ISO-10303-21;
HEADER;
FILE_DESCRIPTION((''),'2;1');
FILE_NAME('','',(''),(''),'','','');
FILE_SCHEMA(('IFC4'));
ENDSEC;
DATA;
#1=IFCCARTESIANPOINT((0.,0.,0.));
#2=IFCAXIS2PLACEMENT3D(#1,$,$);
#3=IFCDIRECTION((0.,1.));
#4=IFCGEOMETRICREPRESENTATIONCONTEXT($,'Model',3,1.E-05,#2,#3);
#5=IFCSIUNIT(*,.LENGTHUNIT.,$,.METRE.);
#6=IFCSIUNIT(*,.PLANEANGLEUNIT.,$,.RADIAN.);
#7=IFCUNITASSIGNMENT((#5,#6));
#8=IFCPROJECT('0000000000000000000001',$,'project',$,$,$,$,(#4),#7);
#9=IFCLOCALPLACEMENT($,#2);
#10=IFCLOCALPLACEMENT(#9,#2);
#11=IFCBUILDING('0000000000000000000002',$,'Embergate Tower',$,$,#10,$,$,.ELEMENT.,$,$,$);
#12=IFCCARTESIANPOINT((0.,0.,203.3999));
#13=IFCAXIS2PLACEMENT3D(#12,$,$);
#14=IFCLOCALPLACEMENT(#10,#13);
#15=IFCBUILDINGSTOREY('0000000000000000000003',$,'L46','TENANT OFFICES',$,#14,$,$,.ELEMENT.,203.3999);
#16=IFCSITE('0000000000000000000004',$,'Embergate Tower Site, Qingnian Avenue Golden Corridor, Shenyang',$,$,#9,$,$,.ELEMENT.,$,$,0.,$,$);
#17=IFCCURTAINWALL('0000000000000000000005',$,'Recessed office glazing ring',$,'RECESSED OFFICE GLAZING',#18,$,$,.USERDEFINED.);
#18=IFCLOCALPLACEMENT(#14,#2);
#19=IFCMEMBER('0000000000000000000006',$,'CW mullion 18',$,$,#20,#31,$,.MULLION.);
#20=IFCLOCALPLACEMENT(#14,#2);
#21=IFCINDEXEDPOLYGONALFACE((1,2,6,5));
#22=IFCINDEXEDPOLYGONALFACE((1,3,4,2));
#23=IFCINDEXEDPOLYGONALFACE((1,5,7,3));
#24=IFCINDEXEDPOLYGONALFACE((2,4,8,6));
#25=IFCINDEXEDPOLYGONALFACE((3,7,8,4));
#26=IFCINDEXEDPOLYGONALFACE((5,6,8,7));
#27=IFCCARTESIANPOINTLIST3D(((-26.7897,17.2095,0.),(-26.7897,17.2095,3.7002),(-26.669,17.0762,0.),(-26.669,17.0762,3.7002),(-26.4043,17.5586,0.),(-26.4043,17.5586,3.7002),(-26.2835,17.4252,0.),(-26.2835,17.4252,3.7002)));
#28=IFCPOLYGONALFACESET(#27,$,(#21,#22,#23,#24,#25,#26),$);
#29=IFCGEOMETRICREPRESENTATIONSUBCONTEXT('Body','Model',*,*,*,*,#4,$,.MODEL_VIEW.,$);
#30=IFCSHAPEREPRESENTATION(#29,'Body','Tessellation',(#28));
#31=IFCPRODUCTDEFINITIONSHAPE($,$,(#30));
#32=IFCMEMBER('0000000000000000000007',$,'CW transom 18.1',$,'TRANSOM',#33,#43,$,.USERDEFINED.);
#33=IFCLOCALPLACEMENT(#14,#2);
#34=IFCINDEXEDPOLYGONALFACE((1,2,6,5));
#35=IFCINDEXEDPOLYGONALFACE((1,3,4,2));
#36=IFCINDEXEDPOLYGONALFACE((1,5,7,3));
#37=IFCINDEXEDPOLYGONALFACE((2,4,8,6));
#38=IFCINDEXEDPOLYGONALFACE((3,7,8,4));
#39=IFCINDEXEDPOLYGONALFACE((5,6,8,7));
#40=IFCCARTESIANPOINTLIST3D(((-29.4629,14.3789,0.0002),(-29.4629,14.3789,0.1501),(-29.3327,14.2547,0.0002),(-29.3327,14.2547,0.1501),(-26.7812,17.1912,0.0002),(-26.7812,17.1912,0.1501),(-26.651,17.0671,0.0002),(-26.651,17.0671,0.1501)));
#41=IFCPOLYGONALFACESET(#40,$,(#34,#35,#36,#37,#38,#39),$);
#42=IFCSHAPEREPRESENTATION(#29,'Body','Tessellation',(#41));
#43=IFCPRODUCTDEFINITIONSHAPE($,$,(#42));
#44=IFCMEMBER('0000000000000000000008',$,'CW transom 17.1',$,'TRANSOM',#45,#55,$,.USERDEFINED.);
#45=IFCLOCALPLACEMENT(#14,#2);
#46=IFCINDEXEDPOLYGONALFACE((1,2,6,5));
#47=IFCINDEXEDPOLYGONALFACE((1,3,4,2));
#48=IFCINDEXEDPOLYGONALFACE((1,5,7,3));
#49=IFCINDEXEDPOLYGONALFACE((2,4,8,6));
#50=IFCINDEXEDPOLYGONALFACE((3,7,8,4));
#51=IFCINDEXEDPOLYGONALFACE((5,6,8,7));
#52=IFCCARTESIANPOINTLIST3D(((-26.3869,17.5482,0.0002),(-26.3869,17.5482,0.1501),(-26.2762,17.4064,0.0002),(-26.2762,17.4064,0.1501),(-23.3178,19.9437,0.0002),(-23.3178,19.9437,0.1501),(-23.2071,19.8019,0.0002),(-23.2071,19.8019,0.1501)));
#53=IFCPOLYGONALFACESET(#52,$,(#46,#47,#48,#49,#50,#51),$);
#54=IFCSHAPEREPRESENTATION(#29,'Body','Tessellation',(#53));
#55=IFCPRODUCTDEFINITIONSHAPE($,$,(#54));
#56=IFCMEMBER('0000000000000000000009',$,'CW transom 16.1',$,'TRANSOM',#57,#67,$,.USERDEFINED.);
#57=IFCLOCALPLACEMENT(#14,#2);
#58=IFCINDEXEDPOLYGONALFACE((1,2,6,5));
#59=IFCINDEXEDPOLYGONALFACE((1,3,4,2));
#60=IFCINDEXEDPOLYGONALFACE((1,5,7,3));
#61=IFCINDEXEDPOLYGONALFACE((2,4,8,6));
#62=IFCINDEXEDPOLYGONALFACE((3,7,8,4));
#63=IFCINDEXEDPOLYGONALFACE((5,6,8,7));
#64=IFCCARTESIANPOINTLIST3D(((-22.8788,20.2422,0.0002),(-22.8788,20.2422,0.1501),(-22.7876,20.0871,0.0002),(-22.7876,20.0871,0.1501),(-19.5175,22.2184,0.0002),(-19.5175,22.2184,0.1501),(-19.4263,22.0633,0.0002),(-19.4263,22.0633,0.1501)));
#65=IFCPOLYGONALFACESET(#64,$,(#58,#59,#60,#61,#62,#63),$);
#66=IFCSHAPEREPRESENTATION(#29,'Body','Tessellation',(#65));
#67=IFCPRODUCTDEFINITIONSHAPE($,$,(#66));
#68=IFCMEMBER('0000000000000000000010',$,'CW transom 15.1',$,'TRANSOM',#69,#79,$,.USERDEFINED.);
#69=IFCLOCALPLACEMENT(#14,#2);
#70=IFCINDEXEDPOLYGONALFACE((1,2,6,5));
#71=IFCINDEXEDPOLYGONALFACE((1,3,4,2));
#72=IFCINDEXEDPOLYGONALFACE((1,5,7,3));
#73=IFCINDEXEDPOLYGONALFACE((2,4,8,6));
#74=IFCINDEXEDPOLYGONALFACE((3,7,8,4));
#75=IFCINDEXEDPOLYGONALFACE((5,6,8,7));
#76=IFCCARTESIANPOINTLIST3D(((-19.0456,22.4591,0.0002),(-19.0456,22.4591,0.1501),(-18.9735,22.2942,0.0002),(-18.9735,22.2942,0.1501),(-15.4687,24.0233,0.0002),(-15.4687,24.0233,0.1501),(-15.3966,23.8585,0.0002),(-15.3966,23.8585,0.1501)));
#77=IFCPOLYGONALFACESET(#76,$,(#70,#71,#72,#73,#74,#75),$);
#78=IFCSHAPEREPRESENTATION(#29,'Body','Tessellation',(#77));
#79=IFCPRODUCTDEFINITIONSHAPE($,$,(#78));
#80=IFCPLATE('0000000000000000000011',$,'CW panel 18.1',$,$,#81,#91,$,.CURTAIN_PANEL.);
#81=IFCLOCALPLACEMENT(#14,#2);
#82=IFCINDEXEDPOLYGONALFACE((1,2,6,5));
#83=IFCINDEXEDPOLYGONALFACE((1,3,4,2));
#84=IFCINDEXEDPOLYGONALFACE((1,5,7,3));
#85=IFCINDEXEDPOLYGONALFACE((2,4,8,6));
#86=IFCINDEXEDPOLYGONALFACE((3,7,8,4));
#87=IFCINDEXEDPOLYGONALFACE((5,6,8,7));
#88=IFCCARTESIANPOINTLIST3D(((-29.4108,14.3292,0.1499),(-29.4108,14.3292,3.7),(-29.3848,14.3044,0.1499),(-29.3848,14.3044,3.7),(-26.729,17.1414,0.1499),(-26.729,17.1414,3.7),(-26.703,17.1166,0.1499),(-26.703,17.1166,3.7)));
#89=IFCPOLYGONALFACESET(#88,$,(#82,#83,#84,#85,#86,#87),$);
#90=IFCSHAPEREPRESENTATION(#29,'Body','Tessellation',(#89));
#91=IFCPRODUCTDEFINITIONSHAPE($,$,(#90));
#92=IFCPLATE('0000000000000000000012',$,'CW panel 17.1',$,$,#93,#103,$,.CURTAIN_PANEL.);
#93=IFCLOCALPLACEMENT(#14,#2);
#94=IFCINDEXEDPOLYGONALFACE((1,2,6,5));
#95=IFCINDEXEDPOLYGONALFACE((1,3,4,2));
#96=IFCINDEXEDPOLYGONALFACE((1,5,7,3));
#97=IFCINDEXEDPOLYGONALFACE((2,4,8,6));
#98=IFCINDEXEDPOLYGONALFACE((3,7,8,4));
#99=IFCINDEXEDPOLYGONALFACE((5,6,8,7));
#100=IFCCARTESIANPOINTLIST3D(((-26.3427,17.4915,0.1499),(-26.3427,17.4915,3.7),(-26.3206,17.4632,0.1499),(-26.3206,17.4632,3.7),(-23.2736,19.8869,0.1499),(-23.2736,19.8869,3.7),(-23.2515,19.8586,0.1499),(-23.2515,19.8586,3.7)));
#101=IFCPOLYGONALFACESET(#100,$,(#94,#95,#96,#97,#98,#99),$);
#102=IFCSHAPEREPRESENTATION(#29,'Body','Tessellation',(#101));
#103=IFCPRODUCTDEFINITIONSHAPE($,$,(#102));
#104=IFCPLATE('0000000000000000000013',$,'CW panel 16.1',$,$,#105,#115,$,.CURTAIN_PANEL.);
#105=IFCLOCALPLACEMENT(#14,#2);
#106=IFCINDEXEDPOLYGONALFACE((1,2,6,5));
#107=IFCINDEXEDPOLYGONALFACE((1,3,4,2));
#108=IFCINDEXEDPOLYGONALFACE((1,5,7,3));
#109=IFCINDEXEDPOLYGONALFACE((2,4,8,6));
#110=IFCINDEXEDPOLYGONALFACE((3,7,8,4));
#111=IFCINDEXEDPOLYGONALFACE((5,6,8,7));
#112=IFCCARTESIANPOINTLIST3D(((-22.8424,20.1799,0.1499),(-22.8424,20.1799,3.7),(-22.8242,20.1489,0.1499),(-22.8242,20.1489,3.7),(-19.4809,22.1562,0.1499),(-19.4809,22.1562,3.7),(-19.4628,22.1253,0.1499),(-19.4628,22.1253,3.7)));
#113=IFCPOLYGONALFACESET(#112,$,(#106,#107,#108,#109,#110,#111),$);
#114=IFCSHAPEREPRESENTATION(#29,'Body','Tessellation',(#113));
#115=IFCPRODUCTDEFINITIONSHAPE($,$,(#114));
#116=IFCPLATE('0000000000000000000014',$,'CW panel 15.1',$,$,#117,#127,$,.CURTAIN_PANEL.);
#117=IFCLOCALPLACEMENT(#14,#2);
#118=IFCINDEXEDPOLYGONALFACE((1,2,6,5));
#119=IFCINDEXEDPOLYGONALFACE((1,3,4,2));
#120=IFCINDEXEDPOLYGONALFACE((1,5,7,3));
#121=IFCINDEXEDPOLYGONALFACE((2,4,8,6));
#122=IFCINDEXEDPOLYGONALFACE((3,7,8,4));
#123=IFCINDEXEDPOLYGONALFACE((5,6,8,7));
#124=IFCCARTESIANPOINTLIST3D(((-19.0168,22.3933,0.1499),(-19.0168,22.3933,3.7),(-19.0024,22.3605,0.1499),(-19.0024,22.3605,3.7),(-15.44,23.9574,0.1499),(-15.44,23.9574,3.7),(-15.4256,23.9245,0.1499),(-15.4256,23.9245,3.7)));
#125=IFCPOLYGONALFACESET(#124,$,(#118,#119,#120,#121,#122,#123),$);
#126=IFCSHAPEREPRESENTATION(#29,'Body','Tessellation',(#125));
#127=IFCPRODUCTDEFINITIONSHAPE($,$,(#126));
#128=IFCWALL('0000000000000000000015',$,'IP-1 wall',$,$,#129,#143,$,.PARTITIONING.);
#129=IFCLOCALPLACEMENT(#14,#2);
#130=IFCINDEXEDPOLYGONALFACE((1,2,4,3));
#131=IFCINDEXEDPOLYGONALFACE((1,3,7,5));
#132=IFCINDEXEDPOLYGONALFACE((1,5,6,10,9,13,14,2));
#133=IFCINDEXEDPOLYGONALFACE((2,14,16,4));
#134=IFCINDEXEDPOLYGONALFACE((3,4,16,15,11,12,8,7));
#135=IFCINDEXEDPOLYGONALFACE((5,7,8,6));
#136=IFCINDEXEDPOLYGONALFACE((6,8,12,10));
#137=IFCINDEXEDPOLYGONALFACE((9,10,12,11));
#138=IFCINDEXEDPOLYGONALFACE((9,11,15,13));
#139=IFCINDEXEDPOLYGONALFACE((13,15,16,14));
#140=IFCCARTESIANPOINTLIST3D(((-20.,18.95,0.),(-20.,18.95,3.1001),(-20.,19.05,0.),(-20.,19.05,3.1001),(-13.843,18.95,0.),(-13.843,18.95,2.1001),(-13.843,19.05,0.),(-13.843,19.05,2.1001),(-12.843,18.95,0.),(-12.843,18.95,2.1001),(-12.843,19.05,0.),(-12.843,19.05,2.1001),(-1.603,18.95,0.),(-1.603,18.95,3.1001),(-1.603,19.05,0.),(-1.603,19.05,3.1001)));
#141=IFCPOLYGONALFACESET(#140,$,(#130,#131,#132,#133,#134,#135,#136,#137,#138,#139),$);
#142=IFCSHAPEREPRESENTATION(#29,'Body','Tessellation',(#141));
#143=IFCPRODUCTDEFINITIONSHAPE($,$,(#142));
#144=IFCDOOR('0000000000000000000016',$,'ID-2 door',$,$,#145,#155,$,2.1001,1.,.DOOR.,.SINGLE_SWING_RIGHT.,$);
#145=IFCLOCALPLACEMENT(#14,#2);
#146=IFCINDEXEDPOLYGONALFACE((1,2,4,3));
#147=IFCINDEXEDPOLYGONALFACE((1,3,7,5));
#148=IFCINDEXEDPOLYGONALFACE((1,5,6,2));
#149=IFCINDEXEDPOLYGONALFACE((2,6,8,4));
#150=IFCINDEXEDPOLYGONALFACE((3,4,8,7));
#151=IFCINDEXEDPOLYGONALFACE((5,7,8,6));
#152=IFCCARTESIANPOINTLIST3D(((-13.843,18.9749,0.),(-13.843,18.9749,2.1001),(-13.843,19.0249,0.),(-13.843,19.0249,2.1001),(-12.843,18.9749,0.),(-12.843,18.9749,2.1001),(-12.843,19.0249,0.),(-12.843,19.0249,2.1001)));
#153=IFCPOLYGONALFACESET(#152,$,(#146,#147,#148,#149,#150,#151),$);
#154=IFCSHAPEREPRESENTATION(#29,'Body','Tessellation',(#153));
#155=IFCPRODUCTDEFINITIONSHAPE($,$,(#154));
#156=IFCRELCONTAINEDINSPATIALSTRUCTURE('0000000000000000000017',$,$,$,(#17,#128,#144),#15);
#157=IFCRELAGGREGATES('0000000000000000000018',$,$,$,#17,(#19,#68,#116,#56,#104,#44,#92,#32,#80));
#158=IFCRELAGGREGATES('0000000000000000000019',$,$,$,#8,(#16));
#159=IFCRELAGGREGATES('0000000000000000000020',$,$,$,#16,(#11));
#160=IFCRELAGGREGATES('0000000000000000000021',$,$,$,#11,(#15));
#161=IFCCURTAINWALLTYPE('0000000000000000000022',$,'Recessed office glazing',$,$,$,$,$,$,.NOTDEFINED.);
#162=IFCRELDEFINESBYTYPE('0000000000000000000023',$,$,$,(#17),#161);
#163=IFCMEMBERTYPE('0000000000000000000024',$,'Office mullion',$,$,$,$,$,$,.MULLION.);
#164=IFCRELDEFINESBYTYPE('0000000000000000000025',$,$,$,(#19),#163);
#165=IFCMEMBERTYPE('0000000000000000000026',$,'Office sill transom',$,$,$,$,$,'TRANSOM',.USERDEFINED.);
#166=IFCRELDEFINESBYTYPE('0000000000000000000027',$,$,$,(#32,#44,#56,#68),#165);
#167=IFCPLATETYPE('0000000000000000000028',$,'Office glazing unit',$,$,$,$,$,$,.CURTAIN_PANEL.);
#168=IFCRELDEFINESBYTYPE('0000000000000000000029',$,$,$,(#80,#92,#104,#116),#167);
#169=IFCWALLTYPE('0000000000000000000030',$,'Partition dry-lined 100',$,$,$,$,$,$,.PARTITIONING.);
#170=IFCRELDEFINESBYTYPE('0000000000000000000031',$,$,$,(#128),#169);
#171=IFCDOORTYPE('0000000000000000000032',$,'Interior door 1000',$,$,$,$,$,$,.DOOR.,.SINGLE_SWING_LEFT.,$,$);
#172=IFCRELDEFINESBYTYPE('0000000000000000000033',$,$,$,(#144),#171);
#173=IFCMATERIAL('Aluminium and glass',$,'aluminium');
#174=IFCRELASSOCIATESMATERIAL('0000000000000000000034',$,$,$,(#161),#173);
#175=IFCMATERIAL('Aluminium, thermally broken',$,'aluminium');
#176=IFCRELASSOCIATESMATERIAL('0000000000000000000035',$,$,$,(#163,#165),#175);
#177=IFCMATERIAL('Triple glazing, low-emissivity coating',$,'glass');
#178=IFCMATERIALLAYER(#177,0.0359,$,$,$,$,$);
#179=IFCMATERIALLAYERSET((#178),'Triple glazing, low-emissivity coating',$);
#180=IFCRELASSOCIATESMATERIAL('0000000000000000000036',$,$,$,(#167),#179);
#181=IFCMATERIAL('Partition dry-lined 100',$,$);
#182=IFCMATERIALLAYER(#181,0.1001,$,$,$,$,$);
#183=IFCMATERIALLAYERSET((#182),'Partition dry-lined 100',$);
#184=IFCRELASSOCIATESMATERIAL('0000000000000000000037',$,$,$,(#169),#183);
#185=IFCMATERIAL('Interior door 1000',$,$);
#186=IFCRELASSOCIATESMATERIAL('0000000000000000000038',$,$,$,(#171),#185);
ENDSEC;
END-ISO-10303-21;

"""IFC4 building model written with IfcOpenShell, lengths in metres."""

from ifc_helpers import new_model, si_unit, direction, frame, frame_2d, origin, origin_2d, place, context, subcontext, project, spatial, rectangle, extrude, source, transform, mapped, material, layer, layer_set, material_profile, profile_set, type_object, element, fill, aggregate, save


model = new_model("IFC4")

# Units and contexts
model_context = context("Model", 3, precision=1e-05, world=origin(), true_north=direction((0.0, 1.0)))
body_context = subcontext(model_context, "Body", "Model", "MODEL_VIEW")
ifc_project = project(units=[si_unit("LENGTHUNIT", "METRE"), si_unit("PLANEANGLEUNIT", "RADIAN")], contexts=[model_context])

# Site, building, storey
site_placement = place(None, origin())
site = spatial("IfcSite", under=ifc_project, at=site_placement, Name="Embergate Tower Site, Qingnian Avenue Golden Corridor, Shenyang", CompositionType="ELEMENT", RefElevation=0.0)
building_placement = place(site_placement, origin())
building = spatial("IfcBuilding", under=site, at=building_placement, Name="Embergate Tower", CompositionType="ELEMENT")
storey_placement = place(building_placement, frame((0.0, 0.0, 203.3999)))
storey = spatial("IfcBuildingStorey", under=building, at=storey_placement, Name="L46", Description="TENANT OFFICES", CompositionType="ELEMENT", Elevation=203.3999)

# Curtain wall, members, plates
ifc_material_1 = material(Name="Aluminium and glass", Category="aluminium")
curtain_wall_type = type_object("IfcCurtainWallType", Name="Recessed office glazing", PredefinedType="NOTDEFINED", material=ifc_material_1)
curtain_wall_placement = place(storey_placement, origin())
curtain_wall = element("IfcCurtainWall", 1, at=curtain_wall_placement, inside=storey, type_object=curtain_wall_type, Name="Recessed office glazing ring", ObjectType="RECESSED OFFICE GLAZING", PredefinedType="USERDEFINED")
ifc_material_2 = material(Name="Aluminium, thermally broken", Category="aluminium")
ifc_material_profile_1 = material_profile(ifc_material_2, rectangle(XDim=0.1799, YDim=0.52, at=origin_2d()), Name="AL 520x180")
ifc_profile_set_1 = profile_set([ifc_material_profile_1], Name="Aluminium, thermally broken")
member_type_1 = type_object("IfcMemberType", Name="Office mullion", PredefinedType="MULLION", material=ifc_profile_set_1)
shared_shape_1 = source(origin(), body_context, "Body", "SweptSolid", [
    extrude(rectangle(XDim=0.1799, YDim=0.52, at=origin_2d()), origin(), (0.0, 0.0, 1.0), 3.7002),
])
member_1_placement = place(storey_placement, frame((-26.5366, 17.3174, 0.0), z_axis=(0.0, 0.0, 1.0), x_axis=(0.671236, -0.741244, 0.0)))
member_1 = element("IfcMember", 2, at=member_1_placement, type_object=member_type_1, Name="CW mullion 18", PredefinedType="MULLION", context=body_context, shape_type="MappedRepresentation", body=[
    mapped(shared_shape_1, transform((0.0, 0.0, 0.0))),
])
ifc_material_profile_2 = material_profile(ifc_material_2, rectangle(XDim=0.1799, YDim=0.1499, at=origin_2d()), Name="AL 150x180")
ifc_profile_set_2 = profile_set([ifc_material_profile_2], Name="Aluminium, thermally broken")
member_type_2 = type_object("IfcMemberType", Name="Office sill transom", ElementType="TRANSOM", PredefinedType="USERDEFINED", material=ifc_profile_set_2)
shared_shape_2 = source(origin(), body_context, "Body", "SweptSolid", [
    extrude(rectangle(XDim=0.1799, YDim=0.1499, at=origin_2d()), origin(), (0.0, 0.0, 1.0), 3.886),
])
member_2_placement = place(storey_placement, frame((-26.7161, 17.1292, 0.0752), z_axis=(-0.690101, -0.723713, 0.0), x_axis=(0.723713, -0.690101, 0.0)))
member_2 = element("IfcMember", 3, at=member_2_placement, type_object=member_type_2, Name="CW transom 18.1", ObjectType="TRANSOM", PredefinedType="USERDEFINED", context=body_context, shape_type="MappedRepresentation", body=[
    mapped(shared_shape_2, transform((0.0, 0.0, 0.0))),
])
shared_shape_3 = source(origin(), body_context, "Body", "SweptSolid", [
    extrude(rectangle(XDim=0.1799, YDim=0.1499, at=origin_2d()), origin(), (0.0, 0.0, 1.0), 3.8933),
])
member_3_placement = place(storey_placement, frame((-23.2625, 19.8728, 0.0752), z_axis=(-0.788301, -0.61529, 0.0), x_axis=(0.61529, -0.788301, 0.0)))
member_3 = element("IfcMember", 4, at=member_3_placement, type_object=member_type_2, Name="CW transom 17.1", ObjectType="TRANSOM", PredefinedType="USERDEFINED", context=body_context, shape_type="MappedRepresentation", body=[
    mapped(shared_shape_3, transform((0.0, 0.0, 0.0))),
])
shared_shape_4 = source(origin(), body_context, "Body", "SweptSolid", [
    extrude(rectangle(XDim=0.1799, YDim=0.1499, at=origin_2d()), origin(), (0.0, 0.0, 1.0), 3.8992),
])
member_4_placement = place(storey_placement, frame((-19.4719, 22.1409, 0.0752), z_axis=(-0.862039, -0.506842, 0.0), x_axis=(0.506842, -0.862039, 0.0)))
member_4 = element("IfcMember", 5, at=member_4_placement, type_object=member_type_2, Name="CW transom 16.1", ObjectType="TRANSOM", PredefinedType="USERDEFINED", context=body_context, shape_type="MappedRepresentation", body=[
    mapped(shared_shape_4, transform((0.0, 0.0, 0.0))),
])
shared_shape_5 = source(origin(), body_context, "Body", "SweptSolid", [
    extrude(rectangle(XDim=0.1799, YDim=0.1499, at=origin_2d()), origin(), (0.0, 0.0, 1.0), 3.9041),
])
member_5_placement = place(storey_placement, frame((-15.4326, 23.9409, 0.0752), z_axis=(-0.916222, -0.400671, 0.0), x_axis=(0.400671, -0.916222, 0.0)))
member_5 = element("IfcMember", 6, at=member_5_placement, type_object=member_type_2, Name="CW transom 15.1", ObjectType="TRANSOM", PredefinedType="USERDEFINED", context=body_context, shape_type="MappedRepresentation", body=[
    mapped(shared_shape_5, transform((0.0, 0.0, 0.0))),
])
ifc_material_3 = material(Name="Triple glazing, low-emissivity coating", Category="glass")
ifc_layer_1 = layer(ifc_material_3, 0.0359)
ifc_layer_set_1 = layer_set([ifc_layer_1], Name="Triple glazing, low-emissivity coating")
plate_type = type_object("IfcPlateType", Name="Office glazing unit", PredefinedType="CURTAIN_PANEL", material=ifc_layer_set_1)
shared_shape_6 = source(origin(), body_context, "Body", "SweptSolid", [
    extrude(rectangle(XDim=3.886, YDim=0.0359, at=origin_2d()), origin(), (0.0, 0.0, 1.0), 3.55),
])
plate_1_placement = place(storey_placement, frame((-28.0569, 15.7229, 0.1499), z_axis=(0.0, 0.0, 1.0), x_axis=(-0.690124, -0.723691, 0.0)))
plate_1 = element("IfcPlate", 7, at=plate_1_placement, type_object=plate_type, Name="CW panel 18.1", PredefinedType="CURTAIN_PANEL", context=body_context, shape_type="MappedRepresentation", body=[
    mapped(shared_shape_6, transform((0.0, 0.0, 0.0))),
])
shared_shape_7 = source(origin(), body_context, "Body", "SweptSolid", [
    extrude(rectangle(XDim=3.8933, YDim=0.0359, at=origin_2d()), origin(), (0.0, 0.0, 1.0), 3.55),
])
plate_2_placement = place(storey_placement, frame((-24.7971, 18.675, 0.1499), z_axis=(0.0, 0.0, 1.0), x_axis=(-0.788312, -0.615276, 0.0)))
plate_2 = element("IfcPlate", 8, at=plate_2_placement, type_object=plate_type, Name="CW panel 17.1", PredefinedType="CURTAIN_PANEL", context=body_context, shape_type="MappedRepresentation", body=[
    mapped(shared_shape_7, transform((0.0, 0.0, 0.0))),
])
shared_shape_8 = source(origin(), body_context, "Body", "SweptSolid", [
    extrude(rectangle(XDim=3.8994, YDim=0.0359, at=origin_2d()), origin(), (0.0, 0.0, 1.0), 3.55),
])
plate_3_placement = place(storey_placement, frame((-21.1526, 21.1526, 0.1499), z_axis=(0.0, 0.0, 1.0), x_axis=(-0.862046, -0.50683, 0.0)))
plate_3 = element("IfcPlate", 9, at=plate_3_placement, type_object=plate_type, Name="CW panel 16.1", PredefinedType="CURTAIN_PANEL", context=body_context, shape_type="MappedRepresentation", body=[
    mapped(shared_shape_8, transform((0.0, 0.0, 0.0))),
])
shared_shape_9 = source(origin(), body_context, "Body", "SweptSolid", [
    extrude(rectangle(XDim=3.9038, YDim=0.0359, at=origin_2d()), origin(), (0.0, 0.0, 1.0), 3.55),
])
plate_4_placement = place(storey_placement, frame((-17.2212, 23.1589, 0.1499), z_axis=(0.0, 0.0, 1.0), x_axis=(-0.916231, -0.40065, 0.0)))
plate_4 = element("IfcPlate", 10, at=plate_4_placement, type_object=plate_type, Name="CW panel 15.1", PredefinedType="CURTAIN_PANEL", context=body_context, shape_type="MappedRepresentation", body=[
    mapped(shared_shape_9, transform((0.0, 0.0, 0.0))),
])
aggregate(curtain_wall, [member_1, member_5, plate_4, member_4, plate_3, member_3, plate_2, member_2, plate_1])

# Wall, opening, door
ifc_material_4 = material(Name="Partition dry-lined 100")
ifc_layer_2 = layer(ifc_material_4, 0.1001)
ifc_layer_set_2 = layer_set([ifc_layer_2], Name="Partition dry-lined 100")
wall_type = type_object("IfcWallType", Name="Partition dry-lined 100", PredefinedType="PARTITIONING", material=ifc_layer_set_2)
shared_shape_10 = source(origin(), body_context, "Body", "SweptSolid", [
    extrude(rectangle(XDim=18.397, YDim=0.1001, at=frame_2d((9.1985, 0.0))), origin(), (0.0, 0.0, 1.0), 3.1001),
])
wall_placement = place(storey_placement, frame((-20.0, 19.0, 0.0), z_axis=(0.0, 0.0, 1.0), x_axis=(1.0, 0.0, 0.0)))
wall = element("IfcWall", 11, at=wall_placement, inside=storey, type_object=wall_type, Name="IP-1 wall", PredefinedType="PARTITIONING", context=body_context, shape_type="MappedRepresentation", body=[
    mapped(shared_shape_10, transform((0.0, 0.0, 0.0))),
])
shared_shape_11 = source(origin(), body_context, "Body", "SweptSolid", [
    extrude(rectangle(XDim=1.0, YDim=2.1001, at=frame_2d((0.5, 1.05))), frame((0.0, 0.0601, 0.0), z_axis=(0.0, -1.0, 0.0), x_axis=(1.0, 0.0, 0.0)), (0.0, 0.0, 1.0), 0.1201),
])
opening_placement = place(wall_placement, frame((6.157, 0.0, 0.0)))
opening = element("IfcOpeningElement", 12, at=opening_placement, cuts=wall, PredefinedType="OPENING", context=body_context, shape_type="MappedRepresentation", body=[
    mapped(shared_shape_11, transform((0.0, 0.0, 0.0))),
])
ifc_material_5 = material(Name="Interior door 1000")
door_type = type_object("IfcDoorType", Name="Interior door 1000", OperationType="SINGLE_SWING_LEFT", PredefinedType="DOOR", material=ifc_material_5)
shared_shape_12 = source(origin(), body_context, "Body", "SweptSolid", [
    extrude(rectangle(XDim=1.0, YDim=2.1001, at=frame_2d((0.5, 1.05))), frame((0.0, 0.0249, 0.0), z_axis=(0.0, -1.0, 0.0), x_axis=(1.0, 0.0, 0.0)), (0.0, 0.0, 1.0), 0.05),
])
door_placement = place(opening_placement, origin())
door = element("IfcDoor", 13, at=door_placement, inside=storey, type_object=door_type, Name="ID-2 door", OperationType="SINGLE_SWING_RIGHT", OverallHeight=2.1001, OverallWidth=1.0, PredefinedType="DOOR", context=body_context, shape_type="MappedRepresentation", body=[
    mapped(shared_shape_12, transform((0.0, 0.0, 0.0))),
])
fill(opening, door)

save(model, "model.ifc")
